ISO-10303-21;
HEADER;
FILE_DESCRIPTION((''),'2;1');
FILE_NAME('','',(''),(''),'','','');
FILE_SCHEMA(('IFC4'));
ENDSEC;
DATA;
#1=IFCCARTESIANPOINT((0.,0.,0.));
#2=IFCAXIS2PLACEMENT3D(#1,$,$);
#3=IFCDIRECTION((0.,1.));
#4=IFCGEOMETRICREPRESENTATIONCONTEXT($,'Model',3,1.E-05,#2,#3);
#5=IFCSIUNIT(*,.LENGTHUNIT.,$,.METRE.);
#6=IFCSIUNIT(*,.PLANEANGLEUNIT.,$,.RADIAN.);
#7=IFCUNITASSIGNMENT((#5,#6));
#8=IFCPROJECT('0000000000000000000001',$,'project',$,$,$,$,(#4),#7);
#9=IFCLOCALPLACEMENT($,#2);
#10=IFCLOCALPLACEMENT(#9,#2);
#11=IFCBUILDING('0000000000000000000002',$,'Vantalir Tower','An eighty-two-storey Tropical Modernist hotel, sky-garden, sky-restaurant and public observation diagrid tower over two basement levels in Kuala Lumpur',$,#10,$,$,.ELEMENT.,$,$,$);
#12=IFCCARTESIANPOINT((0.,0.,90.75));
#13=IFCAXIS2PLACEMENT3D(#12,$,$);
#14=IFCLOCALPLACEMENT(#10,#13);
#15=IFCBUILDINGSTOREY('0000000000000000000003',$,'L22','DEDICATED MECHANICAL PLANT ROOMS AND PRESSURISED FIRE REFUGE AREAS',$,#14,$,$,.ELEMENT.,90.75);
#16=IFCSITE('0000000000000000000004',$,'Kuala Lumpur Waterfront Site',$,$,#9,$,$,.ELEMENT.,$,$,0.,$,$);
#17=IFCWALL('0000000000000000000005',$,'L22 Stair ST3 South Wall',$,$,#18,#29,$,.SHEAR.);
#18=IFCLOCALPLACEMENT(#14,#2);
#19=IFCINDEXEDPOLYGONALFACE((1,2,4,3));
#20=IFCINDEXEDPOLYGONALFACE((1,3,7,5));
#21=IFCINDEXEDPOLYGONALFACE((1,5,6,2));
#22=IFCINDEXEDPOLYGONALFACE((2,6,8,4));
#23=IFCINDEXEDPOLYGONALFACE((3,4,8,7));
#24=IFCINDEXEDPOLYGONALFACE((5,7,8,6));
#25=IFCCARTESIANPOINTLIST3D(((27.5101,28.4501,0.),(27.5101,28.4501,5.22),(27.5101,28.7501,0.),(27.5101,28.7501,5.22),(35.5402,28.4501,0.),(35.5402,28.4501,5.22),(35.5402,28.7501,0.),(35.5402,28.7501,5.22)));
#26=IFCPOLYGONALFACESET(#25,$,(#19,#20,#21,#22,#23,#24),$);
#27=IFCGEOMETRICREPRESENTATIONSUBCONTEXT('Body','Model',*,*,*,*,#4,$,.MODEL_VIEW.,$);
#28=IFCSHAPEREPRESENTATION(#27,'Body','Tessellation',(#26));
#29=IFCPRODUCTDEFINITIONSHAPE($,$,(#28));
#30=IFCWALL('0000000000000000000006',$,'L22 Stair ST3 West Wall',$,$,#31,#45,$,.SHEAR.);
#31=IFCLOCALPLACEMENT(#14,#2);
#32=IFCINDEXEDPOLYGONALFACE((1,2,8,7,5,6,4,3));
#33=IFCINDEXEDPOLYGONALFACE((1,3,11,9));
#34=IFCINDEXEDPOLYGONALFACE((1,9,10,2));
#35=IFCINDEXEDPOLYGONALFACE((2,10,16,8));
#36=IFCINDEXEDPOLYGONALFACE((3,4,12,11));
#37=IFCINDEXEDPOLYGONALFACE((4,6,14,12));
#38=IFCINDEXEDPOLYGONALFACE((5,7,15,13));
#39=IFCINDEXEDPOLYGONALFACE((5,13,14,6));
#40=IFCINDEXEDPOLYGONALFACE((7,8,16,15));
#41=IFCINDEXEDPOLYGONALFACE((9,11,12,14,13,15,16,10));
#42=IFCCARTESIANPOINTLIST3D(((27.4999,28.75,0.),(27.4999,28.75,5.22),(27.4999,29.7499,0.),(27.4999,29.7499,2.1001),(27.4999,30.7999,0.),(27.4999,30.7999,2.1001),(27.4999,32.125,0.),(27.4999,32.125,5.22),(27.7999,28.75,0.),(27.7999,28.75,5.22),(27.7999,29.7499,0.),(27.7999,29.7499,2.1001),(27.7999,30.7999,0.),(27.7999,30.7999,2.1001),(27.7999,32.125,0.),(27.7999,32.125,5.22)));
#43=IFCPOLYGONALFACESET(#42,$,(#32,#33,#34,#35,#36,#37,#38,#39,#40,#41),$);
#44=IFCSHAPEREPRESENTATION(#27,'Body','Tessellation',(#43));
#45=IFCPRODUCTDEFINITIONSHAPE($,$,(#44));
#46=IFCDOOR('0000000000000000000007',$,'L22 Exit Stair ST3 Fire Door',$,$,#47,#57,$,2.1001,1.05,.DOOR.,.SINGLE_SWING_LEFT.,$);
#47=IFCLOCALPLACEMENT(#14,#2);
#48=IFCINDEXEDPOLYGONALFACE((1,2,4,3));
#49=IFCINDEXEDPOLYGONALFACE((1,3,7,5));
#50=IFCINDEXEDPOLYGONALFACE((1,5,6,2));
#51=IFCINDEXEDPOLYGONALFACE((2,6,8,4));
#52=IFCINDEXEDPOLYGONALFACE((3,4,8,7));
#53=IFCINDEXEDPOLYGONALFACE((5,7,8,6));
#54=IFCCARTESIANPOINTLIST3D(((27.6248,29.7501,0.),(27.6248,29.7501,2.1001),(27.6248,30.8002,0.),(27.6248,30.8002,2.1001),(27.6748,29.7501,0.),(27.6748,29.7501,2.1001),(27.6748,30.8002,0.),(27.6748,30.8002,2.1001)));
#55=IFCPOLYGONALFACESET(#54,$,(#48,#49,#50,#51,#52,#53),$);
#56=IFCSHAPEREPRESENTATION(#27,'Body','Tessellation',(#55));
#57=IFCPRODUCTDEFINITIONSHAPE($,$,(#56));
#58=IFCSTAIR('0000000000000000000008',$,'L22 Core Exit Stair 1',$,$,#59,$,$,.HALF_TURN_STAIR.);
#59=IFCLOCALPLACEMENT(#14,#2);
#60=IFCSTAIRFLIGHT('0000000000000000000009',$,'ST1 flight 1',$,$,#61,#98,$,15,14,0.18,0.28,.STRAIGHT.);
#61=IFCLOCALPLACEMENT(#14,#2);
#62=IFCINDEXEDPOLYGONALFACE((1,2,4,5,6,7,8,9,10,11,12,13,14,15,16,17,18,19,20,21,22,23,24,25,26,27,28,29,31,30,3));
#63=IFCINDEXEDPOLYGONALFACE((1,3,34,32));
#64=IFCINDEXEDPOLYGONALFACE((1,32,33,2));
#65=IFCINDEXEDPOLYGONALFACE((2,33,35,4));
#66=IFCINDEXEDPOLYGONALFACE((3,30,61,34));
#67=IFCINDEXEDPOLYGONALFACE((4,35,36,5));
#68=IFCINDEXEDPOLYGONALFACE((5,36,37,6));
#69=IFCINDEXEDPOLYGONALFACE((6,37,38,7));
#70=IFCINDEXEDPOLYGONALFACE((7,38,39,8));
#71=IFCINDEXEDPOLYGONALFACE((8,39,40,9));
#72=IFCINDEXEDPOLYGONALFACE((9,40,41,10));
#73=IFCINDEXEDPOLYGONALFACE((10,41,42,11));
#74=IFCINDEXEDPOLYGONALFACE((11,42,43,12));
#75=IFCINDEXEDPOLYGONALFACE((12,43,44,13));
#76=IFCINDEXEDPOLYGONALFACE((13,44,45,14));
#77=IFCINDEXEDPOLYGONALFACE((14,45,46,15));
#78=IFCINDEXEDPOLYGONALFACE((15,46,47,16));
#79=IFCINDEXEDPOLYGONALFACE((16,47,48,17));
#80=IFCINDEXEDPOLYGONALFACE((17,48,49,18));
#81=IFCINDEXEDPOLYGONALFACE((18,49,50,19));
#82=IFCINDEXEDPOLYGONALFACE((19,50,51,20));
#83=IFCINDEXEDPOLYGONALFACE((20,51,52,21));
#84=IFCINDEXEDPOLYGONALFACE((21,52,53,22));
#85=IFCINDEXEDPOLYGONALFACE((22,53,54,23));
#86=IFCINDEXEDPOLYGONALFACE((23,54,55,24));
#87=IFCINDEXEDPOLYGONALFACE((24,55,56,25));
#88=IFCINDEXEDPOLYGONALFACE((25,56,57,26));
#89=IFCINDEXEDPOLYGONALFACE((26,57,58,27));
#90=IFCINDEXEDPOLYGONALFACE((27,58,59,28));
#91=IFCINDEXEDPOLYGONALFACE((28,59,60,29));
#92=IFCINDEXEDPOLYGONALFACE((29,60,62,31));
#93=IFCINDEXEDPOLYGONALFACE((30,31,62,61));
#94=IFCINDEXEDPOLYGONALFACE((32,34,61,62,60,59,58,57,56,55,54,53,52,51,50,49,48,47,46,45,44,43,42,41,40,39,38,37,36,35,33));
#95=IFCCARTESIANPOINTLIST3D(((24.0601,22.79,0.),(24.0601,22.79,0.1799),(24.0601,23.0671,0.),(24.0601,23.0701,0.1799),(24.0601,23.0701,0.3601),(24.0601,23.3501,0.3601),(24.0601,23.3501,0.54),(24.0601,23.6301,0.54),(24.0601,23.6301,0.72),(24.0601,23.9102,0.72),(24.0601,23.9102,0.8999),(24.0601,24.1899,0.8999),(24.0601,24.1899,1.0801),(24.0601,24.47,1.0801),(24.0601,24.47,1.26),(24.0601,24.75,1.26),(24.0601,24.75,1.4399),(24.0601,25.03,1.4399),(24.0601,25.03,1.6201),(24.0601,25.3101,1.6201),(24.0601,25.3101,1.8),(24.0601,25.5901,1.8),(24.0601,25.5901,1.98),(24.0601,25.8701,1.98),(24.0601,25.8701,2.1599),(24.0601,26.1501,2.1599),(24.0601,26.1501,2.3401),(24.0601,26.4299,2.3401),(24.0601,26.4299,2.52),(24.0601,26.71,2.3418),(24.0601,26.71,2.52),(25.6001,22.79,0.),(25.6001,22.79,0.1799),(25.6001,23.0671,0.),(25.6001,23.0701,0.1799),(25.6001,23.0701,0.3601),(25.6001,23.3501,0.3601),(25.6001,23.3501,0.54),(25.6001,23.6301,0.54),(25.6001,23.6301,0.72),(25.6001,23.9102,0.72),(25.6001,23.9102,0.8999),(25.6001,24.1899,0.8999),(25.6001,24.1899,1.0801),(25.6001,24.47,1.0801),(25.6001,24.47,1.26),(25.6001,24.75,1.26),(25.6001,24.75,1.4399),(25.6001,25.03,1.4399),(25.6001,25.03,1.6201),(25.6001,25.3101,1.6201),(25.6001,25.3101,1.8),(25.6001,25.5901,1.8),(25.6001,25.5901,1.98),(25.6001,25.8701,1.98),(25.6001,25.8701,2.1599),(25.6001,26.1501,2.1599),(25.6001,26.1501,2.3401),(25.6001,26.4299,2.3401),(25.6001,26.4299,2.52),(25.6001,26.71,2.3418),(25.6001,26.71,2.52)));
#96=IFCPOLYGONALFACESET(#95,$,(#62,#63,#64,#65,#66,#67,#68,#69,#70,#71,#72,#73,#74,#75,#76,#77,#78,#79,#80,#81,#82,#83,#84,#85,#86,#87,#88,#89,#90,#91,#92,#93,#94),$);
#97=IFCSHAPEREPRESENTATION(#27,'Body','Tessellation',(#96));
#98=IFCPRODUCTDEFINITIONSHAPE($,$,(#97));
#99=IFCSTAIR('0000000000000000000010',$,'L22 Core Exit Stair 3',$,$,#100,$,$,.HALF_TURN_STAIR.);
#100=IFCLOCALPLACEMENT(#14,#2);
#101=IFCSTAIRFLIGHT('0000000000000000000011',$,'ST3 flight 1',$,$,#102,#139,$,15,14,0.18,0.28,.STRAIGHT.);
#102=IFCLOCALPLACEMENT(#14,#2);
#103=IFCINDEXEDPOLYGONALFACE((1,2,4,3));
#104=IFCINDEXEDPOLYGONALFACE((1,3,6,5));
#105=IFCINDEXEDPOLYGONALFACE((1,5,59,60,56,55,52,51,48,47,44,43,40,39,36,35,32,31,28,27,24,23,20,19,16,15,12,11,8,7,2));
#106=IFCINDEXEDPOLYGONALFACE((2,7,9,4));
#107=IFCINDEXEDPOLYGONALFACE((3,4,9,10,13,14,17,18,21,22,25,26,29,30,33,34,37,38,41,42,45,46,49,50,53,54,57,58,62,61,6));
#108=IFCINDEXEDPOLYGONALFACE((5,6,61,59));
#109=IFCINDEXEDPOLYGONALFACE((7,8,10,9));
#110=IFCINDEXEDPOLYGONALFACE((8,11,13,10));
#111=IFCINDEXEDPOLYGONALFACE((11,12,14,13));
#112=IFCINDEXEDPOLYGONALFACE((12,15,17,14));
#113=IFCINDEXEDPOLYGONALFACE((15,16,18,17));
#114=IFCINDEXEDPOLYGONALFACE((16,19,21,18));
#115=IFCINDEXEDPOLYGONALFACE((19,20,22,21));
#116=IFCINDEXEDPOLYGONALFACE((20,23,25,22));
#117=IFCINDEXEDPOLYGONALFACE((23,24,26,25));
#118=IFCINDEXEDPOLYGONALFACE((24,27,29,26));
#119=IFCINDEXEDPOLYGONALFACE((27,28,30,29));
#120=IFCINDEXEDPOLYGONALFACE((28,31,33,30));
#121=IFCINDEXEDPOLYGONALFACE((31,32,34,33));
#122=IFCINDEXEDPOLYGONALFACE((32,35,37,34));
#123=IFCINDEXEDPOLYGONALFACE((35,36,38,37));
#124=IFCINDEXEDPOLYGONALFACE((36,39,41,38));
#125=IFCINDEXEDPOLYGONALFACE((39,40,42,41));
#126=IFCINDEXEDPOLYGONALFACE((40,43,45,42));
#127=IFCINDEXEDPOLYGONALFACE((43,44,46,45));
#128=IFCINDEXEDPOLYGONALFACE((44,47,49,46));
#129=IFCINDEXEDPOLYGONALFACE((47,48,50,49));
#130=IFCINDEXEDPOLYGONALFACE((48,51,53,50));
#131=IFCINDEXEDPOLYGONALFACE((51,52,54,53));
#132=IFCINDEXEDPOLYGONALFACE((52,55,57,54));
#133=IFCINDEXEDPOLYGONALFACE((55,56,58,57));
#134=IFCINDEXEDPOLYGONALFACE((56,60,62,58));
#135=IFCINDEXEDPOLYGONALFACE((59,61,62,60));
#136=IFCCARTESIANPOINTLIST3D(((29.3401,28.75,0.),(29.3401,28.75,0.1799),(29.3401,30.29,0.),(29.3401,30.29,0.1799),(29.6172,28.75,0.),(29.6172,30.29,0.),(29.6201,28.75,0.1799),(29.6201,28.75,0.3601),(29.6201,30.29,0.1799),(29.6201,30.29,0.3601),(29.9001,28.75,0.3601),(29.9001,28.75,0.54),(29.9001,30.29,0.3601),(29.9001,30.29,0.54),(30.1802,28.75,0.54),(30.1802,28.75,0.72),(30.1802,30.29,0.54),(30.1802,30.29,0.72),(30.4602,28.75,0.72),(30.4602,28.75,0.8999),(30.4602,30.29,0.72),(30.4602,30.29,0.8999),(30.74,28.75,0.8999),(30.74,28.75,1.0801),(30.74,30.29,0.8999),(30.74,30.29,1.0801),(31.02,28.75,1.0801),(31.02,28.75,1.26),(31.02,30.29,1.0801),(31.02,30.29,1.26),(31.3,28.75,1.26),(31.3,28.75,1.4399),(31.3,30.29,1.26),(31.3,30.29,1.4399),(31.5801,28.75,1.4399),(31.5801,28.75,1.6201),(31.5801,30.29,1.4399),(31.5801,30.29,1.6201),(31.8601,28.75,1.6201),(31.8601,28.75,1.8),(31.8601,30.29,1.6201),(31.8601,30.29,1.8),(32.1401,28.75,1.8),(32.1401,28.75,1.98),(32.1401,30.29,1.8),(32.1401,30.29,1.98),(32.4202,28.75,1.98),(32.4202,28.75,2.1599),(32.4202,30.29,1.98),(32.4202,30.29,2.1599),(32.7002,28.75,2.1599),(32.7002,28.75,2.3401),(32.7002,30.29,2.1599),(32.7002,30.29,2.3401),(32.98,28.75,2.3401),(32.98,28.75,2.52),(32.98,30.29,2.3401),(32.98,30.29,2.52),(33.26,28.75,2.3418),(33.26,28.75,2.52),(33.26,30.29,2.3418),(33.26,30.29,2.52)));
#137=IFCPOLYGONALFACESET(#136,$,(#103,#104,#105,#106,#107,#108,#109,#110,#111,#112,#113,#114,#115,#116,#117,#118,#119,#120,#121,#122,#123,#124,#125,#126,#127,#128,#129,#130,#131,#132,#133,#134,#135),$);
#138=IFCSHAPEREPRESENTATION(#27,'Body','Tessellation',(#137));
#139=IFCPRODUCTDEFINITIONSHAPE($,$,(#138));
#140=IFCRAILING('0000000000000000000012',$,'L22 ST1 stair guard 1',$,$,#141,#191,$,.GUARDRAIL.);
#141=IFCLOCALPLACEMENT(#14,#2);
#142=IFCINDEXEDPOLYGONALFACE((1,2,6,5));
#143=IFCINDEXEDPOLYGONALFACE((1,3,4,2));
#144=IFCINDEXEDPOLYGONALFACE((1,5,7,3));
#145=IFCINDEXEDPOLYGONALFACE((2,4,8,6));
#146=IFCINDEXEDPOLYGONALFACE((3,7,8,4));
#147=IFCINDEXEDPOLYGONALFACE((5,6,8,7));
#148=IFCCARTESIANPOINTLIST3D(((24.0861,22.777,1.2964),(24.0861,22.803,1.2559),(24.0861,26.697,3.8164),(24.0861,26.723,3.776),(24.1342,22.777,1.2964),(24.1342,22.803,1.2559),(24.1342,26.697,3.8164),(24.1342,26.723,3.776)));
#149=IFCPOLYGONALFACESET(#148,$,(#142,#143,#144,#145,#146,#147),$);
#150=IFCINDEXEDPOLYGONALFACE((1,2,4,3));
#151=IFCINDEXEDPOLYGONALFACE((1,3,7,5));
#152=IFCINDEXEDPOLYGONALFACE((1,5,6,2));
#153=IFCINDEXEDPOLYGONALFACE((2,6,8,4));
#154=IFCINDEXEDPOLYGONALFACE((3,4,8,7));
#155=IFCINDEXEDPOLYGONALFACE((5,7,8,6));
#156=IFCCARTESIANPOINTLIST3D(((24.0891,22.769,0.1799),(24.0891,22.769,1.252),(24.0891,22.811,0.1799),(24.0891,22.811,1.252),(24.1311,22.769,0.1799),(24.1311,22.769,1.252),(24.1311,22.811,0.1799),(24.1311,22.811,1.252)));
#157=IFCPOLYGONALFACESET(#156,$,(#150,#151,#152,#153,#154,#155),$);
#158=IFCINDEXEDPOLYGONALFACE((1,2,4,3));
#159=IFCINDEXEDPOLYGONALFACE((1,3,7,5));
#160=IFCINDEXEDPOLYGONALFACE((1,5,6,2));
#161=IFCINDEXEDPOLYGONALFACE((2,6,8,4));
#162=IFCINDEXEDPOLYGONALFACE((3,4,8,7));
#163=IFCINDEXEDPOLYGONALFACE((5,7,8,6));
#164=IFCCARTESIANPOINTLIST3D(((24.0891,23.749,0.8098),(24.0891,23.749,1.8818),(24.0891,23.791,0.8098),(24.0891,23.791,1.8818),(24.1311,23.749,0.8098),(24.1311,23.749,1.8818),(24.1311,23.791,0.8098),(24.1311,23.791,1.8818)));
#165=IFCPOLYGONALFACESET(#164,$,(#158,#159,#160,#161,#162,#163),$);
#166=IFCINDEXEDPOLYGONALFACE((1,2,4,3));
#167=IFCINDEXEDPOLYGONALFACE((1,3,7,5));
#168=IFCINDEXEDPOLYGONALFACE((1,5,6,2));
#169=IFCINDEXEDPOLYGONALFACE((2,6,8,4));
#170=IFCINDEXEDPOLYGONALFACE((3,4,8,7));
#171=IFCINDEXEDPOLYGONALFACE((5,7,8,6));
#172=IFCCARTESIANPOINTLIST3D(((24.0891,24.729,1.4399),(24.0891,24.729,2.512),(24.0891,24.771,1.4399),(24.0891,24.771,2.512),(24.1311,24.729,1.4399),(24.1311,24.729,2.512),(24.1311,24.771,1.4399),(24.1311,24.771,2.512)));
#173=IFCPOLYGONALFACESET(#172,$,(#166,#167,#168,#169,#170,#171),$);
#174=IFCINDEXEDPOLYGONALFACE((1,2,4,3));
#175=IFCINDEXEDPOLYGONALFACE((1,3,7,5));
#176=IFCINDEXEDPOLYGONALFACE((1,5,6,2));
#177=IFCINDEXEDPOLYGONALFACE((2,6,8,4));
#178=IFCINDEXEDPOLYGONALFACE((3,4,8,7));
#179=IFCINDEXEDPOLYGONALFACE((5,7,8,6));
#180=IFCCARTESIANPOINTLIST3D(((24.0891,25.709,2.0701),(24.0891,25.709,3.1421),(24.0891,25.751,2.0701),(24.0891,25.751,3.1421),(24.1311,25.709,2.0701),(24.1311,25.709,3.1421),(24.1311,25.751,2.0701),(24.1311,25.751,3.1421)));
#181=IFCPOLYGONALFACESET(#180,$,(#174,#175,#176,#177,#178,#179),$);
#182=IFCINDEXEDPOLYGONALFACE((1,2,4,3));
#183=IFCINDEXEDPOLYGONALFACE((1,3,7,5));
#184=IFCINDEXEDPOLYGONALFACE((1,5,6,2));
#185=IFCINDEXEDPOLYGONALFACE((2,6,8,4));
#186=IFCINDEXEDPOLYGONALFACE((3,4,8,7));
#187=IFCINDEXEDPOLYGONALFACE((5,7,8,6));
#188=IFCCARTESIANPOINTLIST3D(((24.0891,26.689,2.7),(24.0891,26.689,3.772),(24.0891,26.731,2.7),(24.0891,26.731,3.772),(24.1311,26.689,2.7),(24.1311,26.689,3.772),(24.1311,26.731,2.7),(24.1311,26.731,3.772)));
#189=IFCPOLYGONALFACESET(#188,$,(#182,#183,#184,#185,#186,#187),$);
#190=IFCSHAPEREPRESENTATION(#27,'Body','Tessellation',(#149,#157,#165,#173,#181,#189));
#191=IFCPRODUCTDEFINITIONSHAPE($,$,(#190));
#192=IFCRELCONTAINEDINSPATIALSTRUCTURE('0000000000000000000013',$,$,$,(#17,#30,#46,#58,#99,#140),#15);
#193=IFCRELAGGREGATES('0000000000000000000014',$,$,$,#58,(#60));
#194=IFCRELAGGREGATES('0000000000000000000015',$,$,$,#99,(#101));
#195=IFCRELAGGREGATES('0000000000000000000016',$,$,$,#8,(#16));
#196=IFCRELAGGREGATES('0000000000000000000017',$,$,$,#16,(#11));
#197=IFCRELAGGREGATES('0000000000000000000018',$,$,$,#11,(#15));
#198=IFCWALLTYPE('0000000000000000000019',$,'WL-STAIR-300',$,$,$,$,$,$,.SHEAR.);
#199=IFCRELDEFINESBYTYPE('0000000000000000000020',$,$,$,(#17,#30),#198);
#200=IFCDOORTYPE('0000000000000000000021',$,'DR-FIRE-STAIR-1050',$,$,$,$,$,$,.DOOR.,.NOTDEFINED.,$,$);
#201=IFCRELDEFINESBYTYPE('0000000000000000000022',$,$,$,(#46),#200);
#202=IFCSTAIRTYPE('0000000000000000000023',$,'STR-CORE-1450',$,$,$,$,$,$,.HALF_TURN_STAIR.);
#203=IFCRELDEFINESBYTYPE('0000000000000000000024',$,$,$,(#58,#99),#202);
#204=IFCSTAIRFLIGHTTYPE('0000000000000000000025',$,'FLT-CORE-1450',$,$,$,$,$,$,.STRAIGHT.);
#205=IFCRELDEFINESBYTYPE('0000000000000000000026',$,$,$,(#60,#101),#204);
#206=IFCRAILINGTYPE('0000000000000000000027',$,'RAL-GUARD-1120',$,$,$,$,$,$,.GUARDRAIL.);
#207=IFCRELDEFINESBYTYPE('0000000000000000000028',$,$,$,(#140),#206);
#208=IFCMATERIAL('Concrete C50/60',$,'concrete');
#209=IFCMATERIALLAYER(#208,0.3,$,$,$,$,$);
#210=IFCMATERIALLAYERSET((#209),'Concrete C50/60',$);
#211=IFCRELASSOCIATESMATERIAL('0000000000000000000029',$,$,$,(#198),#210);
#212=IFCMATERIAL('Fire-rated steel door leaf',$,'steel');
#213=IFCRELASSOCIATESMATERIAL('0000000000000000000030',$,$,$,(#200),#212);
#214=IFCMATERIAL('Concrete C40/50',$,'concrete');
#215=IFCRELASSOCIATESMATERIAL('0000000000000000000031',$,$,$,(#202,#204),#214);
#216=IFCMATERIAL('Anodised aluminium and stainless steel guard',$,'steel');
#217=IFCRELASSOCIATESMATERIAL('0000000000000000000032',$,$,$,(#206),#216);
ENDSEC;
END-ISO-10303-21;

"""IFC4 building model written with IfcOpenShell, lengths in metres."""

from ifc_helpers import new_model, si_unit, direction, frame, frame_2d, origin, origin_2d, place, context, subcontext, project, spatial, polyline, rectangle, outline, extrude, material, layer, layer_set, type_object, element, fill, aggregate, save


model = new_model("IFC4")

# Units and contexts
model_context = context("Model", 3, precision=1e-05, world=origin(), true_north=direction((0.0, 1.0)))
body_context = subcontext(model_context, "Body", "Model", "MODEL_VIEW")
ifc_project = project(units=[si_unit("LENGTHUNIT", "METRE"), si_unit("PLANEANGLEUNIT", "RADIAN")], contexts=[model_context])

# Site, building, storey
site_placement = place(None, origin())
site = spatial("IfcSite", under=ifc_project, at=site_placement, Name="Kuala Lumpur Waterfront Site", CompositionType="ELEMENT", RefElevation=0.0)
building_placement = place(site_placement, origin())
building = spatial("IfcBuilding", under=site, at=building_placement, Name="Vantalir Tower", Description="An eighty-two-storey Tropical Modernist hotel, sky-garden, sky-restaurant and public observation diagrid tower over two basement levels in Kuala Lumpur", CompositionType="ELEMENT")
storey_placement = place(building_placement, frame((0.0, 0.0, 90.75)))
storey = spatial("IfcBuildingStorey", under=building, at=storey_placement, Name="L22", Description="DEDICATED MECHANICAL PLANT ROOMS AND PRESSURISED FIRE REFUGE AREAS", CompositionType="ELEMENT", Elevation=90.75)

# Wall
ifc_material_1 = material(Name="Concrete C50/60", Category="concrete")
ifc_layer_1 = layer(ifc_material_1, 0.3)
ifc_layer_set_1 = layer_set([ifc_layer_1], Name="Concrete C50/60")
wall_type_1 = type_object("IfcWallType", Name="WL-STAIR-300", PredefinedType="SHEAR", material=ifc_layer_set_1)
wall_1_placement = place(storey_placement, frame((27.51, 28.6001, 0.0), z_axis=(0.0, 0.0, 1.0), x_axis=(1.0, 0.0, 0.0)))
element("IfcWall", 1, at=wall_1_placement, inside=storey, type_object=wall_type_1, Name="L22 Stair ST3 South Wall", PredefinedType="SHEAR", context=body_context, shape_type="SweptSolid", body=[
    extrude(rectangle(XDim=8.03, YDim=0.3, at=frame_2d((4.0151, 0.0))), origin(), (0.0, 0.0, 1.0), 5.22),
])

# Wall, opening, door
wall_2_placement = place(storey_placement, frame((27.6499, 28.75, 0.0), z_axis=(0.0, 0.0, 1.0), x_axis=(0.0, 1.0, 0.0)))
wall_2 = element("IfcWall", 2, at=wall_2_placement, inside=storey, type_object=wall_type_1, Name="L22 Stair ST3 West Wall", PredefinedType="SHEAR", context=body_context, shape_type="SweptSolid", body=[
    extrude(rectangle(XDim=3.375, YDim=0.3, at=frame_2d((1.6875, 0.0))), origin(), (0.0, 0.0, 1.0), 5.22),
])
opening_1_placement = place(wall_2_placement, frame((1.0, 0.0, 0.0)))
opening_1 = element("IfcOpeningElement", 3, at=opening_1_placement, cuts=wall_2, PredefinedType="OPENING", context=body_context, shape_type="SweptSolid", body=[
    extrude(rectangle(XDim=1.05, YDim=2.1001, at=frame_2d((0.5249, 1.05))), frame((0.0, 0.1599, 0.0), z_axis=(0.0, -1.0, 0.0), x_axis=(1.0, 0.0, 0.0)), (0.0, 0.0, 1.0), 0.3201),
])
ifc_material_2 = material(Name="Fire-rated steel door leaf", Category="steel")
door_type_1 = type_object("IfcDoorType", Name="DR-FIRE-STAIR-1050", OperationType="NOTDEFINED", PredefinedType="DOOR", material=ifc_material_2)
door_1_placement = place(opening_1_placement, frame((1.05, 0.0, 0.0), z_axis=(0.0, 0.0, 1.0), x_axis=(-1.0, 0.0, 0.0)))
door_1 = element("IfcDoor", 4, at=door_1_placement, inside=storey, type_object=door_type_1, Name="L22 Exit Stair ST3 Fire Door", OperationType="SINGLE_SWING_LEFT", OverallHeight=2.1001, OverallWidth=1.05, PredefinedType="DOOR", context=body_context, shape_type="SweptSolid", body=[
    extrude(rectangle(XDim=1.05, YDim=2.1001, at=frame_2d((0.5249, 1.05))), frame((0.0, 0.0249, 0.0), z_axis=(0.0, -1.0, 0.0), x_axis=(1.0, 0.0, 0.0)), (0.0, 0.0, 1.0), 0.05),
])
fill(opening_1, door_1)

# Stairs, stair flights
ifc_material_3 = material(Name="Concrete C40/50", Category="concrete")
stair_type = type_object("IfcStairType", Name="STR-CORE-1450", PredefinedType="HALF_TURN_STAIR", material=ifc_material_3)
stair_1_placement = place(storey_placement, origin())
stair_1 = element("IfcStair", 5, at=stair_1_placement, inside=storey, type_object=stair_type, Name="L22 Core Exit Stair 1", PredefinedType="HALF_TURN_STAIR")
stair_flight_type = type_object("IfcStairFlightType", Name="FLT-CORE-1450", PredefinedType="STRAIGHT", material=ifc_material_3)
stair_flight_1_placement = place(storey_placement, frame((24.8301, 22.79, 0.0), z_axis=(0.0, 0.0, 1.0), x_axis=(0.0, 1.0, 0.0)))
stair_flight_1 = element("IfcStairFlight", 6, at=stair_flight_1_placement, type_object=stair_flight_type, Name="ST1 flight 1", NumberOfRisers=15, NumberOfTreads=14, PredefinedType="STRAIGHT", RiserHeight=0.18, TreadLength=0.28, context=body_context, shape_type="SweptSolid", body=[
    extrude(outline(polyline([(0.0, 0.0), (0.0, 0.1799), (0.28, 0.1799), (0.28, 0.3601), (0.5601, 0.3601), (0.5601, 0.54), (0.8401, 0.54), (0.8401, 0.72), (1.1201, 0.72), (1.1201, 0.8999), (1.3999, 0.8999), (1.3999, 1.0801), (1.6799, 1.0801), (1.6799, 1.26), (1.96, 1.26), (1.96, 1.4399), (2.24, 1.4399), (2.24, 1.6201), (2.52, 1.6201), (2.52, 1.8), (2.8, 1.8), (2.8, 1.98), (3.0801, 1.98), (3.0801, 2.1599), (3.3601, 2.1599), (3.3601, 2.3401), (3.6399, 2.3401), (3.6399, 2.52), (3.9199, 2.52), (3.9199, 2.7), (3.9199, 2.3418), (0.2771, 0.0), (0.0, 0.0)])), frame((0.0, 0.77, 0.0), z_axis=(0.0, -1.0, 0.0), x_axis=(1.0, 0.0, 0.0)), (0.0, 0.0, 1.0), 1.54),
])
aggregate(stair_1, [stair_flight_1])
stair_2_placement = place(storey_placement, origin())
stair_2 = element("IfcStair", 7, at=stair_2_placement, inside=storey, type_object=stair_type, Name="L22 Core Exit Stair 3", PredefinedType="HALF_TURN_STAIR")
stair_flight_2_placement = place(storey_placement, frame((29.3401, 29.52, 0.0), z_axis=(0.0, 0.0, 1.0), x_axis=(1.0, 0.0, 0.0)))
stair_flight_2 = element("IfcStairFlight", 8, at=stair_flight_2_placement, type_object=stair_flight_type, Name="ST3 flight 1", NumberOfRisers=15, NumberOfTreads=14, PredefinedType="STRAIGHT", RiserHeight=0.18, TreadLength=0.28, context=body_context, shape_type="SweptSolid", body=[
    extrude(outline(polyline([(0.0, 0.0), (0.0, 0.1799), (0.28, 0.1799), (0.28, 0.3601), (0.5601, 0.3601), (0.5601, 0.54), (0.8401, 0.54), (0.8401, 0.72), (1.1201, 0.72), (1.1201, 0.8999), (1.3999, 0.8999), (1.3999, 1.0801), (1.6799, 1.0801), (1.6799, 1.26), (1.96, 1.26), (1.96, 1.4399), (2.24, 1.4399), (2.24, 1.6201), (2.52, 1.6201), (2.52, 1.8), (2.8, 1.8), (2.8, 1.98), (3.0801, 1.98), (3.0801, 2.1599), (3.3601, 2.1599), (3.3601, 2.3401), (3.6399, 2.3401), (3.6399, 2.52), (3.9199, 2.52), (3.9199, 2.7), (3.9199, 2.3418), (0.2771, 0.0), (0.0, 0.0)])), frame((0.0, 0.77, 0.0), z_axis=(0.0, -1.0, 0.0), x_axis=(1.0, 0.0, 0.0)), (0.0, 0.0, 1.0), 1.54),
])
aggregate(stair_2, [stair_flight_2])

# Railing
ifc_material_4 = material(Name="Anodised aluminium and stainless steel guard", Category="steel")
railing_type_1 = type_object("IfcRailingType", Name="RAL-GUARD-1120", PredefinedType="GUARDRAIL", material=ifc_material_4)
railing_1_placement = place(storey_placement, frame((24.1101, 22.79, 0.1799)))
element("IfcRailing", 9, at=railing_1_placement, inside=storey, type_object=railing_type_1, Name="L22 ST1 stair guard 1", PredefinedType="GUARDRAIL", context=body_context, shape_type="SweptSolid", body=[
    extrude(rectangle(XDim=0.0481, YDim=0.0481, at=origin_2d()), frame((0.0, 0.0, 1.0962), z_axis=(0.0, 0.841172, 0.540768), x_axis=(-1.0, 0.0, 0.0)), (0.0, 0.0, 1.0), 4.6602),
    extrude(rectangle(XDim=0.042, YDim=0.042, at=origin_2d()), origin(), (0.0, 0.0, 1.0), 1.072),
    extrude(rectangle(XDim=0.042, YDim=0.042, at=origin_2d()), frame((0.0, 0.98, 0.6299)), (0.0, 0.0, 1.0), 1.072),
    extrude(rectangle(XDim=0.042, YDim=0.042, at=origin_2d()), frame((0.0, 1.96, 1.26)), (0.0, 0.0, 1.0), 1.072),
    extrude(rectangle(XDim=0.042, YDim=0.042, at=origin_2d()), frame((0.0, 2.9399, 1.8901)), (0.0, 0.0, 1.0), 1.072),
    extrude(rectangle(XDim=0.042, YDim=0.042, at=origin_2d()), frame((0.0, 3.9199, 2.52)), (0.0, 0.0, 1.0), 1.072),
])

save(model, "model.ifc")
